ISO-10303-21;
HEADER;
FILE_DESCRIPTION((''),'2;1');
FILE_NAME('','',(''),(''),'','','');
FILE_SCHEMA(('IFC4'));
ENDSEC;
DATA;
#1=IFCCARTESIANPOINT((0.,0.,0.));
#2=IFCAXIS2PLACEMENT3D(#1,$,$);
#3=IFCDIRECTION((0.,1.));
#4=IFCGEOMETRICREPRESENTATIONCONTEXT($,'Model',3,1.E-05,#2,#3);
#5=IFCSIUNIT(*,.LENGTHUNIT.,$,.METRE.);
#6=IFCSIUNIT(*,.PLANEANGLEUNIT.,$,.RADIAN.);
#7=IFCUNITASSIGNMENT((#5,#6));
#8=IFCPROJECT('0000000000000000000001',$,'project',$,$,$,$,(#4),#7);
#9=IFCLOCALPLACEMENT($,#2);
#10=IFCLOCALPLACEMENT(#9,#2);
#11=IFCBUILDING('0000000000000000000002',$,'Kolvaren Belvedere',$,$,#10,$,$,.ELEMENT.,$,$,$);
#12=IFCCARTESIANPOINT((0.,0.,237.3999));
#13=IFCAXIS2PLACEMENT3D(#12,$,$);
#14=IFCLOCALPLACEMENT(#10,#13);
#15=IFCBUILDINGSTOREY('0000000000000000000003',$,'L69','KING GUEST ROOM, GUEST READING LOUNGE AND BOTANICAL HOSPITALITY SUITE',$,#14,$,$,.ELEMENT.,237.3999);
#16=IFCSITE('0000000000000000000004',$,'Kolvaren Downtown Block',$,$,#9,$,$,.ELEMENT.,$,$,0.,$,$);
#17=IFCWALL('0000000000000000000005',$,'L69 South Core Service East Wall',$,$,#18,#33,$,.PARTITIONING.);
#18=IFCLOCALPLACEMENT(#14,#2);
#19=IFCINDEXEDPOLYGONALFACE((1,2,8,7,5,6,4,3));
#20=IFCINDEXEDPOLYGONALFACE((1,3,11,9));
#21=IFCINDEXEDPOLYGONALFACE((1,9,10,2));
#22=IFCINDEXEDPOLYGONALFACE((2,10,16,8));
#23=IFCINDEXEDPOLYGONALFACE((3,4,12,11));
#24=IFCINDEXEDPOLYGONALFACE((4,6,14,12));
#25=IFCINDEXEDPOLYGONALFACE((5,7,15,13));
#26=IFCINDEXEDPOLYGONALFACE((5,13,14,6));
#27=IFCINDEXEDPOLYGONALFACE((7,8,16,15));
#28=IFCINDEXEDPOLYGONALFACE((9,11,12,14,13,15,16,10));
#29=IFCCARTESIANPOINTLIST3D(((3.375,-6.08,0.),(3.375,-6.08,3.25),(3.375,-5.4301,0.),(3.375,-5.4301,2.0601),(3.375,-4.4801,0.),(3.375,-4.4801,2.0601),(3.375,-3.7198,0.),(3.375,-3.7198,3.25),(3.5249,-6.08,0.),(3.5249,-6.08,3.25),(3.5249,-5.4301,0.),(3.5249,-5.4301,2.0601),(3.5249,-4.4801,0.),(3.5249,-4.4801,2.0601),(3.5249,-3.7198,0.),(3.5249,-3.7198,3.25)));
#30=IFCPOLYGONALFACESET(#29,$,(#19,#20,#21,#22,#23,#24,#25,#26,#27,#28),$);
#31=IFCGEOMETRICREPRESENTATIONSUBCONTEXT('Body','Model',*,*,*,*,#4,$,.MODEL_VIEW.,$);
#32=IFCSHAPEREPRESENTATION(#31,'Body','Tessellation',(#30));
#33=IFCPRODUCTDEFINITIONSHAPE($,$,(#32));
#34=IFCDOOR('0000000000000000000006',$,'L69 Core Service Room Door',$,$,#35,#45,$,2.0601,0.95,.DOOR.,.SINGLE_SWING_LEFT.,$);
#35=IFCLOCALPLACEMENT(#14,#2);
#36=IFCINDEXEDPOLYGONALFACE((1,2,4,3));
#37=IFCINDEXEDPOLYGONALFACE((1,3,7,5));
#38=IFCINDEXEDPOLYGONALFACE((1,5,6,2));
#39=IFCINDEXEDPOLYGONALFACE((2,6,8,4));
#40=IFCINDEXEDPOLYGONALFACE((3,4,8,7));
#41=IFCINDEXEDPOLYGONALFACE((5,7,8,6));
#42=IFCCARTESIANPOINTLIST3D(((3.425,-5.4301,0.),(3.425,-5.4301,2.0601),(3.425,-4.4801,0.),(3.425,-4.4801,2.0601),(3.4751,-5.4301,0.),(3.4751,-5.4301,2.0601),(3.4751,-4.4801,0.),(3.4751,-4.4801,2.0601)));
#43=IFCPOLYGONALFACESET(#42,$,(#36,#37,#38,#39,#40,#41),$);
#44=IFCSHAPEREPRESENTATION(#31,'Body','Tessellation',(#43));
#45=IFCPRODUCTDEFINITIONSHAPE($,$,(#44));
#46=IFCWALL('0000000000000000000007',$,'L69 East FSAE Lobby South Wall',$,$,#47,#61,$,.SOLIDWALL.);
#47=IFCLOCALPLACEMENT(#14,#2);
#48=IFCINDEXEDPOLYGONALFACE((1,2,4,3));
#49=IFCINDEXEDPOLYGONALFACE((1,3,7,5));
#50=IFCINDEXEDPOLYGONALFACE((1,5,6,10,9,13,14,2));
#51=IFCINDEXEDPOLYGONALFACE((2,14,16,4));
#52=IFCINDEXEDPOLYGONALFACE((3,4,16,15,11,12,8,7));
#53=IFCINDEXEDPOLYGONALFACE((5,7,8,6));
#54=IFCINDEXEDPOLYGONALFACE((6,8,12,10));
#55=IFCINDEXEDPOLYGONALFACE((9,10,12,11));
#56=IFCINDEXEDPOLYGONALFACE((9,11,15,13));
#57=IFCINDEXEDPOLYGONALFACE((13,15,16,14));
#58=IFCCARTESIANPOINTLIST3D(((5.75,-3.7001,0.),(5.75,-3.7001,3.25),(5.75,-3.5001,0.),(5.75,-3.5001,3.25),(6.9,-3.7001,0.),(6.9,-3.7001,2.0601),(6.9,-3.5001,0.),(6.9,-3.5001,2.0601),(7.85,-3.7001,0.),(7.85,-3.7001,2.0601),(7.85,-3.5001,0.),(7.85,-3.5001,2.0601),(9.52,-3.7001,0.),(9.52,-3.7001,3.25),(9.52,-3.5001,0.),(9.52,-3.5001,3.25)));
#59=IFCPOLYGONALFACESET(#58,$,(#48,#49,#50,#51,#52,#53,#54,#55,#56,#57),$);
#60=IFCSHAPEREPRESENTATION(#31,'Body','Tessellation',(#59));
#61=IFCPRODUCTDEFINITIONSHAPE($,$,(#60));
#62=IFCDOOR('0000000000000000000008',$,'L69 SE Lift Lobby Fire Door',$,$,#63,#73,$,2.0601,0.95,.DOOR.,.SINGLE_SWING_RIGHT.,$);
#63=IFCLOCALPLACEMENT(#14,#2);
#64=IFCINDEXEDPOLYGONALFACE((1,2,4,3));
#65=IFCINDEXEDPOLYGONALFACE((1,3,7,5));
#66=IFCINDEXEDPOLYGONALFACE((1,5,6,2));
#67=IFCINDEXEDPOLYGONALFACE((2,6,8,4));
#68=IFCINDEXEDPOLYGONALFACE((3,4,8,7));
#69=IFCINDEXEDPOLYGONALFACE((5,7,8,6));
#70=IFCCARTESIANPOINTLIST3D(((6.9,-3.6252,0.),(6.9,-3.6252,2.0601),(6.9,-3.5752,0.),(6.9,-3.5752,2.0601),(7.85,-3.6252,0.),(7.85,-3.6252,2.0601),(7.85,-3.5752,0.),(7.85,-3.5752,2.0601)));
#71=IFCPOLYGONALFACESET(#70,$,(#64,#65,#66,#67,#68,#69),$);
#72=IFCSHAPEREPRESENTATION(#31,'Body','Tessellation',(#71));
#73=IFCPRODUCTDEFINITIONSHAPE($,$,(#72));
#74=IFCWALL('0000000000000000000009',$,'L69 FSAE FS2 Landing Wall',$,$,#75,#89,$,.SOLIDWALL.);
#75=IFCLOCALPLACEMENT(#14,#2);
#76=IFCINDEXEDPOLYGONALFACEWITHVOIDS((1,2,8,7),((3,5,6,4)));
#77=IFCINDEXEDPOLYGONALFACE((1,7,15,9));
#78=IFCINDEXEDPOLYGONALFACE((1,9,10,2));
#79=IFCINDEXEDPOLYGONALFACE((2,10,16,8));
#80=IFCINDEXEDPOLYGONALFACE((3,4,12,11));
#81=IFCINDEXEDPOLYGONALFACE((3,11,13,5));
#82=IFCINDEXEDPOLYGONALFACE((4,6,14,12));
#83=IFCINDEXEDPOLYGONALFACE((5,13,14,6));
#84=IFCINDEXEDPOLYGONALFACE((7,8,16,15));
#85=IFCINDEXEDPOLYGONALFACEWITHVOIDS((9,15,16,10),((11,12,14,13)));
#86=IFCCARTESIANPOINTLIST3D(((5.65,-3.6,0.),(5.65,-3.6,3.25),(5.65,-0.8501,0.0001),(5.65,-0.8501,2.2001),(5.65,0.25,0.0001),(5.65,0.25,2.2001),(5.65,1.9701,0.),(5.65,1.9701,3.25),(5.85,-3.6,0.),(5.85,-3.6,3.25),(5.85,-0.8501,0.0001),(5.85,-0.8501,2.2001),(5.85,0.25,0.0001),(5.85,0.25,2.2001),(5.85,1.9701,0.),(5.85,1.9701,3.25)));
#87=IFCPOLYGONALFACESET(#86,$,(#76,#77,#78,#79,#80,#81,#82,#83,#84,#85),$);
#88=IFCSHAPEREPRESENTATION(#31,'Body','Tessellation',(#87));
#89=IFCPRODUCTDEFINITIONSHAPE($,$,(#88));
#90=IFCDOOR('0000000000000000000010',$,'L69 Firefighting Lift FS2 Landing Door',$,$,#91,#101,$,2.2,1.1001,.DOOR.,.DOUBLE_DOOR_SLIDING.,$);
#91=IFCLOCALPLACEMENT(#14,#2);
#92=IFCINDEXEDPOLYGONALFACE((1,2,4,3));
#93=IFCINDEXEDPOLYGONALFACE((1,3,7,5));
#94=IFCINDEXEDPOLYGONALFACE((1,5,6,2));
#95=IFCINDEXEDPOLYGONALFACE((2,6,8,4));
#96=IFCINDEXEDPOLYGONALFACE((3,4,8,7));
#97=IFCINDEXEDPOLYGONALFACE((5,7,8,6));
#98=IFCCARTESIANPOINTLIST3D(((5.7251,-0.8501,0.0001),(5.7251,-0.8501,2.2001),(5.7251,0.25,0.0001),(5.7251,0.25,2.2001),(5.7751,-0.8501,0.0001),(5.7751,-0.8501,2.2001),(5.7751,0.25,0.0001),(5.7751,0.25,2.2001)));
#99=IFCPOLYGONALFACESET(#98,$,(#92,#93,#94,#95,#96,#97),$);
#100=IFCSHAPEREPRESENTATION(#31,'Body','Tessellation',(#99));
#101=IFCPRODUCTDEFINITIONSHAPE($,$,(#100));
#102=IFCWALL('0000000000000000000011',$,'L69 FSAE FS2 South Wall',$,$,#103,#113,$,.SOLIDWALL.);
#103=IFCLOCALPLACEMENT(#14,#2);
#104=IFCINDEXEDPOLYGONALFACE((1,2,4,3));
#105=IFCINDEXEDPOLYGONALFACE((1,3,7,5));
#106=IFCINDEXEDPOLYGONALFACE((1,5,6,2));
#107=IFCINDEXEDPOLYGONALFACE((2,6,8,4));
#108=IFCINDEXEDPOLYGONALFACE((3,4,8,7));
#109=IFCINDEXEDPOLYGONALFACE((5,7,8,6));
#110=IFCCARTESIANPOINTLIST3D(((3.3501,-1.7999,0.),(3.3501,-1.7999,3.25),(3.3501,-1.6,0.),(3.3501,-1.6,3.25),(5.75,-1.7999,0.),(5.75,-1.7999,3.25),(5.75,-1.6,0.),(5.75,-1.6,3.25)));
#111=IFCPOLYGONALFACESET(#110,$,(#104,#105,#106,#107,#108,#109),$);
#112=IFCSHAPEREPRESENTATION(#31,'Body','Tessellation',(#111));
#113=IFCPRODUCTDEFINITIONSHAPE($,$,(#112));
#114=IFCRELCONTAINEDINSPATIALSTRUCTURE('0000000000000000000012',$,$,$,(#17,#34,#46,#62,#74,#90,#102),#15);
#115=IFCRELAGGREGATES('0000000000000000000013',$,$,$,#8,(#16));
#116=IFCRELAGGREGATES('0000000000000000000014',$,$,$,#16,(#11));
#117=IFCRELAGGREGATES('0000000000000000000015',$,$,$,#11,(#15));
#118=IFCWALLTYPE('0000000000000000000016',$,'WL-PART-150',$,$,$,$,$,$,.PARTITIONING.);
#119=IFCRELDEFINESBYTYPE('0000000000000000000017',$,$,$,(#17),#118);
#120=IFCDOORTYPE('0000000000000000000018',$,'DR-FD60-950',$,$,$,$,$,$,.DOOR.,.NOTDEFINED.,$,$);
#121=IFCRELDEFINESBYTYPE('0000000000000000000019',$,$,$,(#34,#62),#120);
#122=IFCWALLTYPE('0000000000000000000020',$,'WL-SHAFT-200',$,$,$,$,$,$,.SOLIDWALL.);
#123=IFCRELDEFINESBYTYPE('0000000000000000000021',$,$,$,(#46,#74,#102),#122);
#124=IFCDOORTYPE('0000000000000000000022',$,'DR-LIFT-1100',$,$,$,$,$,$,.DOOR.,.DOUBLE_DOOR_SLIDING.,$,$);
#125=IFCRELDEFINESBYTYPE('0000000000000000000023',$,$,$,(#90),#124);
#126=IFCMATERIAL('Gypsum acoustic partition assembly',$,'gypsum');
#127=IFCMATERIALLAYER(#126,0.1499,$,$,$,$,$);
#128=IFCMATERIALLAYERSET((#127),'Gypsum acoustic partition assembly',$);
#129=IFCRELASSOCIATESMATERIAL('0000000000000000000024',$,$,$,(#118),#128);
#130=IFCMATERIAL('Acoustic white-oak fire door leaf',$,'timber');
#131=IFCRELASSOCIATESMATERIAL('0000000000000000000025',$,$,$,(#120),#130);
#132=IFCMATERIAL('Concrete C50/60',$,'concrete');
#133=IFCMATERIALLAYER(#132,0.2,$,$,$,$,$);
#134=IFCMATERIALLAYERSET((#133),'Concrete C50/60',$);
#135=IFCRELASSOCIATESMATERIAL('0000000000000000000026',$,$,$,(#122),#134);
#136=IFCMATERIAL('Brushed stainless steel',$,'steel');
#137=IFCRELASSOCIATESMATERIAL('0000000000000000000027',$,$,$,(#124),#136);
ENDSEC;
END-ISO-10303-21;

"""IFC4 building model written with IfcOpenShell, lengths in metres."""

from ifc_helpers import new_model, si_unit, direction, frame, frame_2d, origin, place, context, subcontext, project, spatial, rectangle, extrude, material, layer, layer_set, type_object, element, fill, save


model = new_model("IFC4")

# Units and contexts
model_context = context("Model", 3, precision=1e-05, world=origin(), true_north=direction((0.0, 1.0)))
body_context = subcontext(model_context, "Body", "Model", "MODEL_VIEW")
ifc_project = project(units=[si_unit("LENGTHUNIT", "METRE"), si_unit("PLANEANGLEUNIT", "RADIAN")], contexts=[model_context])

# Site, building, storey
site_placement = place(None, origin())
site = spatial("IfcSite", under=ifc_project, at=site_placement, Name="Kolvaren Downtown Block", CompositionType="ELEMENT", RefElevation=0.0)
building_placement = place(site_placement, origin())
building = spatial("IfcBuilding", under=site, at=building_placement, Name="Kolvaren Belvedere", CompositionType="ELEMENT")
storey_placement = place(building_placement, frame((0.0, 0.0, 237.3999)))
storey = spatial("IfcBuildingStorey", under=building, at=storey_placement, Name="L69", Description="KING GUEST ROOM, GUEST READING LOUNGE AND BOTANICAL HOSPITALITY SUITE", CompositionType="ELEMENT", Elevation=237.3999)

# Walls, openings, doors
ifc_material_1 = material(Name="Gypsum acoustic partition assembly", Category="gypsum")
ifc_layer_1 = layer(ifc_material_1, 0.1499)
ifc_layer_set_1 = layer_set([ifc_layer_1], Name="Gypsum acoustic partition assembly")
wall_type_1 = type_object("IfcWallType", Name="WL-PART-150", PredefinedType="PARTITIONING", material=ifc_layer_set_1)
wall_1_placement = place(storey_placement, frame((3.45, -6.0801, 0.0), z_axis=(0.0, 0.0, 1.0), x_axis=(0.0, 1.0, 0.0)))
wall_1 = element("IfcWall", 1, at=wall_1_placement, inside=storey, type_object=wall_type_1, Name="L69 South Core Service East Wall", PredefinedType="PARTITIONING", context=body_context, shape_type="SweptSolid", body=[
    extrude(rectangle(XDim=2.3601, YDim=0.1499, at=frame_2d((1.1802, 0.0))), origin(), (0.0, 0.0, 1.0), 3.25),
])
opening_1_placement = place(wall_1_placement, frame((0.6499, 0.0, 0.0)))
opening_1 = element("IfcOpeningElement", 2, at=opening_1_placement, cuts=wall_1, PredefinedType="OPENING", context=body_context, shape_type="SweptSolid", body=[
    extrude(rectangle(XDim=0.95, YDim=2.0601, at=frame_2d((0.4751, 1.03))), frame((0.0, 0.085, 0.0), z_axis=(0.0, -1.0, 0.0), x_axis=(1.0, 0.0, 0.0)), (0.0, 0.0, 1.0), 0.1699),
])
ifc_material_2 = material(Name="Acoustic white-oak fire door leaf", Category="timber")
door_type_1 = type_object("IfcDoorType", Name="DR-FD60-950", OperationType="NOTDEFINED", PredefinedType="DOOR", material=ifc_material_2)
door_1_placement = place(opening_1_placement, origin())
door_1 = element("IfcDoor", 3, at=door_1_placement, inside=storey, type_object=door_type_1, Name="L69 Core Service Room Door", OperationType="SINGLE_SWING_LEFT", OverallHeight=2.0601, OverallWidth=0.95, PredefinedType="DOOR", context=body_context, shape_type="SweptSolid", body=[
    extrude(rectangle(XDim=0.95, YDim=2.0601, at=frame_2d((0.4751, 1.03))), frame((0.0, 0.0249, 0.0), z_axis=(0.0, -1.0, 0.0), x_axis=(1.0, 0.0, 0.0)), (0.0, 0.0, 1.0), 0.05),
])
fill(opening_1, door_1)
ifc_material_3 = material(Name="Concrete C50/60", Category="concrete")
ifc_layer_2 = layer(ifc_material_3, 0.2)
ifc_layer_set_2 = layer_set([ifc_layer_2], Name="Concrete C50/60")
wall_type_2 = type_object("IfcWallType", Name="WL-SHAFT-200", PredefinedType="SOLIDWALL", material=ifc_layer_set_2)
wall_2_placement = place(storey_placement, frame((5.75, -3.6001, 0.0), z_axis=(0.0, 0.0, 1.0), x_axis=(1.0, 0.0, 0.0)))
wall_2 = element("IfcWall", 4, at=wall_2_placement, inside=storey, type_object=wall_type_2, Name="L69 East FSAE Lobby South Wall", PredefinedType="SOLIDWALL", context=body_context, shape_type="SweptSolid", body=[
    extrude(rectangle(XDim=3.77, YDim=0.2, at=frame_2d((1.885, 0.0))), origin(), (0.0, 0.0, 1.0), 3.25),
])
opening_2_placement = place(wall_2_placement, frame((1.1499, 0.0, 0.0)))
opening_2 = element("IfcOpeningElement", 5, at=opening_2_placement, cuts=wall_2, PredefinedType="OPENING", context=body_context, shape_type="SweptSolid", body=[
    extrude(rectangle(XDim=0.95, YDim=2.0601, at=frame_2d((0.4751, 1.03))), frame((0.0, 0.1099, 0.0), z_axis=(0.0, -1.0, 0.0), x_axis=(1.0, 0.0, 0.0)), (0.0, 0.0, 1.0), 0.22),
])
door_2_placement = place(opening_2_placement, origin())
door_2 = element("IfcDoor", 6, at=door_2_placement, inside=storey, type_object=door_type_1, Name="L69 SE Lift Lobby Fire Door", OperationType="SINGLE_SWING_RIGHT", OverallHeight=2.0601, OverallWidth=0.95, PredefinedType="DOOR", context=body_context, shape_type="SweptSolid", body=[
    extrude(rectangle(XDim=0.95, YDim=2.0601, at=frame_2d((0.4751, 1.03))), frame((0.0, 0.0249, 0.0), z_axis=(0.0, -1.0, 0.0), x_axis=(1.0, 0.0, 0.0)), (0.0, 0.0, 1.0), 0.05),
])
fill(opening_2, door_2)
wall_3_placement = place(storey_placement, frame((5.75, -3.6001, 0.0), z_axis=(0.0, 0.0, 1.0), x_axis=(0.0, 1.0, 0.0)))
wall_3 = element("IfcWall", 7, at=wall_3_placement, inside=storey, type_object=wall_type_2, Name="L69 FSAE FS2 Landing Wall", PredefinedType="SOLIDWALL", context=body_context, shape_type="SweptSolid", body=[
    extrude(rectangle(XDim=5.5701, YDim=0.2, at=frame_2d((2.7852, 0.0))), origin(), (0.0, 0.0, 1.0), 3.25),
])
opening_3_placement = place(wall_3_placement, frame((2.75, 0.0, 0.0)))
opening_3 = element("IfcOpeningElement", 8, at=opening_3_placement, cuts=wall_3, PredefinedType="OPENING", context=body_context, shape_type="SweptSolid", body=[
    extrude(rectangle(XDim=1.1001, YDim=2.2, at=frame_2d((0.55, 1.1001))), frame((0.0, 0.1099, 0.0), z_axis=(0.0, -1.0, 0.0), x_axis=(1.0, 0.0, 0.0)), (0.0, 0.0, 1.0), 0.22),
])
ifc_material_4 = material(Name="Brushed stainless steel", Category="steel")
door_type_2 = type_object("IfcDoorType", Name="DR-LIFT-1100", OperationType="DOUBLE_DOOR_SLIDING", PredefinedType="DOOR", material=ifc_material_4)
door_3_placement = place(opening_3_placement, origin())
door_3 = element("IfcDoor", 9, at=door_3_placement, inside=storey, type_object=door_type_2, Name="L69 Firefighting Lift FS2 Landing Door", OperationType="DOUBLE_DOOR_SLIDING", OverallHeight=2.2, OverallWidth=1.1001, PredefinedType="DOOR", context=body_context, shape_type="SweptSolid", body=[
    extrude(rectangle(XDim=1.1001, YDim=2.2, at=frame_2d((0.55, 1.1001))), frame((0.0, 0.0249, 0.0), z_axis=(0.0, -1.0, 0.0), x_axis=(1.0, 0.0, 0.0)), (0.0, 0.0, 1.0), 0.05),
])
fill(opening_3, door_3)

# Wall
wall_4_placement = place(storey_placement, frame((3.3501, -1.7, 0.0), z_axis=(0.0, 0.0, 1.0), x_axis=(1.0, 0.0, 0.0)))
element("IfcWall", 10, at=wall_4_placement, inside=storey, type_object=wall_type_2, Name="L69 FSAE FS2 South Wall", PredefinedType="SOLIDWALL", context=body_context, shape_type="SweptSolid", body=[
    extrude(rectangle(XDim=2.3999, YDim=0.2, at=frame_2d((1.2, 0.0))), origin(), (0.0, 0.0, 1.0), 3.25),
])

save(model, "model.ifc")
